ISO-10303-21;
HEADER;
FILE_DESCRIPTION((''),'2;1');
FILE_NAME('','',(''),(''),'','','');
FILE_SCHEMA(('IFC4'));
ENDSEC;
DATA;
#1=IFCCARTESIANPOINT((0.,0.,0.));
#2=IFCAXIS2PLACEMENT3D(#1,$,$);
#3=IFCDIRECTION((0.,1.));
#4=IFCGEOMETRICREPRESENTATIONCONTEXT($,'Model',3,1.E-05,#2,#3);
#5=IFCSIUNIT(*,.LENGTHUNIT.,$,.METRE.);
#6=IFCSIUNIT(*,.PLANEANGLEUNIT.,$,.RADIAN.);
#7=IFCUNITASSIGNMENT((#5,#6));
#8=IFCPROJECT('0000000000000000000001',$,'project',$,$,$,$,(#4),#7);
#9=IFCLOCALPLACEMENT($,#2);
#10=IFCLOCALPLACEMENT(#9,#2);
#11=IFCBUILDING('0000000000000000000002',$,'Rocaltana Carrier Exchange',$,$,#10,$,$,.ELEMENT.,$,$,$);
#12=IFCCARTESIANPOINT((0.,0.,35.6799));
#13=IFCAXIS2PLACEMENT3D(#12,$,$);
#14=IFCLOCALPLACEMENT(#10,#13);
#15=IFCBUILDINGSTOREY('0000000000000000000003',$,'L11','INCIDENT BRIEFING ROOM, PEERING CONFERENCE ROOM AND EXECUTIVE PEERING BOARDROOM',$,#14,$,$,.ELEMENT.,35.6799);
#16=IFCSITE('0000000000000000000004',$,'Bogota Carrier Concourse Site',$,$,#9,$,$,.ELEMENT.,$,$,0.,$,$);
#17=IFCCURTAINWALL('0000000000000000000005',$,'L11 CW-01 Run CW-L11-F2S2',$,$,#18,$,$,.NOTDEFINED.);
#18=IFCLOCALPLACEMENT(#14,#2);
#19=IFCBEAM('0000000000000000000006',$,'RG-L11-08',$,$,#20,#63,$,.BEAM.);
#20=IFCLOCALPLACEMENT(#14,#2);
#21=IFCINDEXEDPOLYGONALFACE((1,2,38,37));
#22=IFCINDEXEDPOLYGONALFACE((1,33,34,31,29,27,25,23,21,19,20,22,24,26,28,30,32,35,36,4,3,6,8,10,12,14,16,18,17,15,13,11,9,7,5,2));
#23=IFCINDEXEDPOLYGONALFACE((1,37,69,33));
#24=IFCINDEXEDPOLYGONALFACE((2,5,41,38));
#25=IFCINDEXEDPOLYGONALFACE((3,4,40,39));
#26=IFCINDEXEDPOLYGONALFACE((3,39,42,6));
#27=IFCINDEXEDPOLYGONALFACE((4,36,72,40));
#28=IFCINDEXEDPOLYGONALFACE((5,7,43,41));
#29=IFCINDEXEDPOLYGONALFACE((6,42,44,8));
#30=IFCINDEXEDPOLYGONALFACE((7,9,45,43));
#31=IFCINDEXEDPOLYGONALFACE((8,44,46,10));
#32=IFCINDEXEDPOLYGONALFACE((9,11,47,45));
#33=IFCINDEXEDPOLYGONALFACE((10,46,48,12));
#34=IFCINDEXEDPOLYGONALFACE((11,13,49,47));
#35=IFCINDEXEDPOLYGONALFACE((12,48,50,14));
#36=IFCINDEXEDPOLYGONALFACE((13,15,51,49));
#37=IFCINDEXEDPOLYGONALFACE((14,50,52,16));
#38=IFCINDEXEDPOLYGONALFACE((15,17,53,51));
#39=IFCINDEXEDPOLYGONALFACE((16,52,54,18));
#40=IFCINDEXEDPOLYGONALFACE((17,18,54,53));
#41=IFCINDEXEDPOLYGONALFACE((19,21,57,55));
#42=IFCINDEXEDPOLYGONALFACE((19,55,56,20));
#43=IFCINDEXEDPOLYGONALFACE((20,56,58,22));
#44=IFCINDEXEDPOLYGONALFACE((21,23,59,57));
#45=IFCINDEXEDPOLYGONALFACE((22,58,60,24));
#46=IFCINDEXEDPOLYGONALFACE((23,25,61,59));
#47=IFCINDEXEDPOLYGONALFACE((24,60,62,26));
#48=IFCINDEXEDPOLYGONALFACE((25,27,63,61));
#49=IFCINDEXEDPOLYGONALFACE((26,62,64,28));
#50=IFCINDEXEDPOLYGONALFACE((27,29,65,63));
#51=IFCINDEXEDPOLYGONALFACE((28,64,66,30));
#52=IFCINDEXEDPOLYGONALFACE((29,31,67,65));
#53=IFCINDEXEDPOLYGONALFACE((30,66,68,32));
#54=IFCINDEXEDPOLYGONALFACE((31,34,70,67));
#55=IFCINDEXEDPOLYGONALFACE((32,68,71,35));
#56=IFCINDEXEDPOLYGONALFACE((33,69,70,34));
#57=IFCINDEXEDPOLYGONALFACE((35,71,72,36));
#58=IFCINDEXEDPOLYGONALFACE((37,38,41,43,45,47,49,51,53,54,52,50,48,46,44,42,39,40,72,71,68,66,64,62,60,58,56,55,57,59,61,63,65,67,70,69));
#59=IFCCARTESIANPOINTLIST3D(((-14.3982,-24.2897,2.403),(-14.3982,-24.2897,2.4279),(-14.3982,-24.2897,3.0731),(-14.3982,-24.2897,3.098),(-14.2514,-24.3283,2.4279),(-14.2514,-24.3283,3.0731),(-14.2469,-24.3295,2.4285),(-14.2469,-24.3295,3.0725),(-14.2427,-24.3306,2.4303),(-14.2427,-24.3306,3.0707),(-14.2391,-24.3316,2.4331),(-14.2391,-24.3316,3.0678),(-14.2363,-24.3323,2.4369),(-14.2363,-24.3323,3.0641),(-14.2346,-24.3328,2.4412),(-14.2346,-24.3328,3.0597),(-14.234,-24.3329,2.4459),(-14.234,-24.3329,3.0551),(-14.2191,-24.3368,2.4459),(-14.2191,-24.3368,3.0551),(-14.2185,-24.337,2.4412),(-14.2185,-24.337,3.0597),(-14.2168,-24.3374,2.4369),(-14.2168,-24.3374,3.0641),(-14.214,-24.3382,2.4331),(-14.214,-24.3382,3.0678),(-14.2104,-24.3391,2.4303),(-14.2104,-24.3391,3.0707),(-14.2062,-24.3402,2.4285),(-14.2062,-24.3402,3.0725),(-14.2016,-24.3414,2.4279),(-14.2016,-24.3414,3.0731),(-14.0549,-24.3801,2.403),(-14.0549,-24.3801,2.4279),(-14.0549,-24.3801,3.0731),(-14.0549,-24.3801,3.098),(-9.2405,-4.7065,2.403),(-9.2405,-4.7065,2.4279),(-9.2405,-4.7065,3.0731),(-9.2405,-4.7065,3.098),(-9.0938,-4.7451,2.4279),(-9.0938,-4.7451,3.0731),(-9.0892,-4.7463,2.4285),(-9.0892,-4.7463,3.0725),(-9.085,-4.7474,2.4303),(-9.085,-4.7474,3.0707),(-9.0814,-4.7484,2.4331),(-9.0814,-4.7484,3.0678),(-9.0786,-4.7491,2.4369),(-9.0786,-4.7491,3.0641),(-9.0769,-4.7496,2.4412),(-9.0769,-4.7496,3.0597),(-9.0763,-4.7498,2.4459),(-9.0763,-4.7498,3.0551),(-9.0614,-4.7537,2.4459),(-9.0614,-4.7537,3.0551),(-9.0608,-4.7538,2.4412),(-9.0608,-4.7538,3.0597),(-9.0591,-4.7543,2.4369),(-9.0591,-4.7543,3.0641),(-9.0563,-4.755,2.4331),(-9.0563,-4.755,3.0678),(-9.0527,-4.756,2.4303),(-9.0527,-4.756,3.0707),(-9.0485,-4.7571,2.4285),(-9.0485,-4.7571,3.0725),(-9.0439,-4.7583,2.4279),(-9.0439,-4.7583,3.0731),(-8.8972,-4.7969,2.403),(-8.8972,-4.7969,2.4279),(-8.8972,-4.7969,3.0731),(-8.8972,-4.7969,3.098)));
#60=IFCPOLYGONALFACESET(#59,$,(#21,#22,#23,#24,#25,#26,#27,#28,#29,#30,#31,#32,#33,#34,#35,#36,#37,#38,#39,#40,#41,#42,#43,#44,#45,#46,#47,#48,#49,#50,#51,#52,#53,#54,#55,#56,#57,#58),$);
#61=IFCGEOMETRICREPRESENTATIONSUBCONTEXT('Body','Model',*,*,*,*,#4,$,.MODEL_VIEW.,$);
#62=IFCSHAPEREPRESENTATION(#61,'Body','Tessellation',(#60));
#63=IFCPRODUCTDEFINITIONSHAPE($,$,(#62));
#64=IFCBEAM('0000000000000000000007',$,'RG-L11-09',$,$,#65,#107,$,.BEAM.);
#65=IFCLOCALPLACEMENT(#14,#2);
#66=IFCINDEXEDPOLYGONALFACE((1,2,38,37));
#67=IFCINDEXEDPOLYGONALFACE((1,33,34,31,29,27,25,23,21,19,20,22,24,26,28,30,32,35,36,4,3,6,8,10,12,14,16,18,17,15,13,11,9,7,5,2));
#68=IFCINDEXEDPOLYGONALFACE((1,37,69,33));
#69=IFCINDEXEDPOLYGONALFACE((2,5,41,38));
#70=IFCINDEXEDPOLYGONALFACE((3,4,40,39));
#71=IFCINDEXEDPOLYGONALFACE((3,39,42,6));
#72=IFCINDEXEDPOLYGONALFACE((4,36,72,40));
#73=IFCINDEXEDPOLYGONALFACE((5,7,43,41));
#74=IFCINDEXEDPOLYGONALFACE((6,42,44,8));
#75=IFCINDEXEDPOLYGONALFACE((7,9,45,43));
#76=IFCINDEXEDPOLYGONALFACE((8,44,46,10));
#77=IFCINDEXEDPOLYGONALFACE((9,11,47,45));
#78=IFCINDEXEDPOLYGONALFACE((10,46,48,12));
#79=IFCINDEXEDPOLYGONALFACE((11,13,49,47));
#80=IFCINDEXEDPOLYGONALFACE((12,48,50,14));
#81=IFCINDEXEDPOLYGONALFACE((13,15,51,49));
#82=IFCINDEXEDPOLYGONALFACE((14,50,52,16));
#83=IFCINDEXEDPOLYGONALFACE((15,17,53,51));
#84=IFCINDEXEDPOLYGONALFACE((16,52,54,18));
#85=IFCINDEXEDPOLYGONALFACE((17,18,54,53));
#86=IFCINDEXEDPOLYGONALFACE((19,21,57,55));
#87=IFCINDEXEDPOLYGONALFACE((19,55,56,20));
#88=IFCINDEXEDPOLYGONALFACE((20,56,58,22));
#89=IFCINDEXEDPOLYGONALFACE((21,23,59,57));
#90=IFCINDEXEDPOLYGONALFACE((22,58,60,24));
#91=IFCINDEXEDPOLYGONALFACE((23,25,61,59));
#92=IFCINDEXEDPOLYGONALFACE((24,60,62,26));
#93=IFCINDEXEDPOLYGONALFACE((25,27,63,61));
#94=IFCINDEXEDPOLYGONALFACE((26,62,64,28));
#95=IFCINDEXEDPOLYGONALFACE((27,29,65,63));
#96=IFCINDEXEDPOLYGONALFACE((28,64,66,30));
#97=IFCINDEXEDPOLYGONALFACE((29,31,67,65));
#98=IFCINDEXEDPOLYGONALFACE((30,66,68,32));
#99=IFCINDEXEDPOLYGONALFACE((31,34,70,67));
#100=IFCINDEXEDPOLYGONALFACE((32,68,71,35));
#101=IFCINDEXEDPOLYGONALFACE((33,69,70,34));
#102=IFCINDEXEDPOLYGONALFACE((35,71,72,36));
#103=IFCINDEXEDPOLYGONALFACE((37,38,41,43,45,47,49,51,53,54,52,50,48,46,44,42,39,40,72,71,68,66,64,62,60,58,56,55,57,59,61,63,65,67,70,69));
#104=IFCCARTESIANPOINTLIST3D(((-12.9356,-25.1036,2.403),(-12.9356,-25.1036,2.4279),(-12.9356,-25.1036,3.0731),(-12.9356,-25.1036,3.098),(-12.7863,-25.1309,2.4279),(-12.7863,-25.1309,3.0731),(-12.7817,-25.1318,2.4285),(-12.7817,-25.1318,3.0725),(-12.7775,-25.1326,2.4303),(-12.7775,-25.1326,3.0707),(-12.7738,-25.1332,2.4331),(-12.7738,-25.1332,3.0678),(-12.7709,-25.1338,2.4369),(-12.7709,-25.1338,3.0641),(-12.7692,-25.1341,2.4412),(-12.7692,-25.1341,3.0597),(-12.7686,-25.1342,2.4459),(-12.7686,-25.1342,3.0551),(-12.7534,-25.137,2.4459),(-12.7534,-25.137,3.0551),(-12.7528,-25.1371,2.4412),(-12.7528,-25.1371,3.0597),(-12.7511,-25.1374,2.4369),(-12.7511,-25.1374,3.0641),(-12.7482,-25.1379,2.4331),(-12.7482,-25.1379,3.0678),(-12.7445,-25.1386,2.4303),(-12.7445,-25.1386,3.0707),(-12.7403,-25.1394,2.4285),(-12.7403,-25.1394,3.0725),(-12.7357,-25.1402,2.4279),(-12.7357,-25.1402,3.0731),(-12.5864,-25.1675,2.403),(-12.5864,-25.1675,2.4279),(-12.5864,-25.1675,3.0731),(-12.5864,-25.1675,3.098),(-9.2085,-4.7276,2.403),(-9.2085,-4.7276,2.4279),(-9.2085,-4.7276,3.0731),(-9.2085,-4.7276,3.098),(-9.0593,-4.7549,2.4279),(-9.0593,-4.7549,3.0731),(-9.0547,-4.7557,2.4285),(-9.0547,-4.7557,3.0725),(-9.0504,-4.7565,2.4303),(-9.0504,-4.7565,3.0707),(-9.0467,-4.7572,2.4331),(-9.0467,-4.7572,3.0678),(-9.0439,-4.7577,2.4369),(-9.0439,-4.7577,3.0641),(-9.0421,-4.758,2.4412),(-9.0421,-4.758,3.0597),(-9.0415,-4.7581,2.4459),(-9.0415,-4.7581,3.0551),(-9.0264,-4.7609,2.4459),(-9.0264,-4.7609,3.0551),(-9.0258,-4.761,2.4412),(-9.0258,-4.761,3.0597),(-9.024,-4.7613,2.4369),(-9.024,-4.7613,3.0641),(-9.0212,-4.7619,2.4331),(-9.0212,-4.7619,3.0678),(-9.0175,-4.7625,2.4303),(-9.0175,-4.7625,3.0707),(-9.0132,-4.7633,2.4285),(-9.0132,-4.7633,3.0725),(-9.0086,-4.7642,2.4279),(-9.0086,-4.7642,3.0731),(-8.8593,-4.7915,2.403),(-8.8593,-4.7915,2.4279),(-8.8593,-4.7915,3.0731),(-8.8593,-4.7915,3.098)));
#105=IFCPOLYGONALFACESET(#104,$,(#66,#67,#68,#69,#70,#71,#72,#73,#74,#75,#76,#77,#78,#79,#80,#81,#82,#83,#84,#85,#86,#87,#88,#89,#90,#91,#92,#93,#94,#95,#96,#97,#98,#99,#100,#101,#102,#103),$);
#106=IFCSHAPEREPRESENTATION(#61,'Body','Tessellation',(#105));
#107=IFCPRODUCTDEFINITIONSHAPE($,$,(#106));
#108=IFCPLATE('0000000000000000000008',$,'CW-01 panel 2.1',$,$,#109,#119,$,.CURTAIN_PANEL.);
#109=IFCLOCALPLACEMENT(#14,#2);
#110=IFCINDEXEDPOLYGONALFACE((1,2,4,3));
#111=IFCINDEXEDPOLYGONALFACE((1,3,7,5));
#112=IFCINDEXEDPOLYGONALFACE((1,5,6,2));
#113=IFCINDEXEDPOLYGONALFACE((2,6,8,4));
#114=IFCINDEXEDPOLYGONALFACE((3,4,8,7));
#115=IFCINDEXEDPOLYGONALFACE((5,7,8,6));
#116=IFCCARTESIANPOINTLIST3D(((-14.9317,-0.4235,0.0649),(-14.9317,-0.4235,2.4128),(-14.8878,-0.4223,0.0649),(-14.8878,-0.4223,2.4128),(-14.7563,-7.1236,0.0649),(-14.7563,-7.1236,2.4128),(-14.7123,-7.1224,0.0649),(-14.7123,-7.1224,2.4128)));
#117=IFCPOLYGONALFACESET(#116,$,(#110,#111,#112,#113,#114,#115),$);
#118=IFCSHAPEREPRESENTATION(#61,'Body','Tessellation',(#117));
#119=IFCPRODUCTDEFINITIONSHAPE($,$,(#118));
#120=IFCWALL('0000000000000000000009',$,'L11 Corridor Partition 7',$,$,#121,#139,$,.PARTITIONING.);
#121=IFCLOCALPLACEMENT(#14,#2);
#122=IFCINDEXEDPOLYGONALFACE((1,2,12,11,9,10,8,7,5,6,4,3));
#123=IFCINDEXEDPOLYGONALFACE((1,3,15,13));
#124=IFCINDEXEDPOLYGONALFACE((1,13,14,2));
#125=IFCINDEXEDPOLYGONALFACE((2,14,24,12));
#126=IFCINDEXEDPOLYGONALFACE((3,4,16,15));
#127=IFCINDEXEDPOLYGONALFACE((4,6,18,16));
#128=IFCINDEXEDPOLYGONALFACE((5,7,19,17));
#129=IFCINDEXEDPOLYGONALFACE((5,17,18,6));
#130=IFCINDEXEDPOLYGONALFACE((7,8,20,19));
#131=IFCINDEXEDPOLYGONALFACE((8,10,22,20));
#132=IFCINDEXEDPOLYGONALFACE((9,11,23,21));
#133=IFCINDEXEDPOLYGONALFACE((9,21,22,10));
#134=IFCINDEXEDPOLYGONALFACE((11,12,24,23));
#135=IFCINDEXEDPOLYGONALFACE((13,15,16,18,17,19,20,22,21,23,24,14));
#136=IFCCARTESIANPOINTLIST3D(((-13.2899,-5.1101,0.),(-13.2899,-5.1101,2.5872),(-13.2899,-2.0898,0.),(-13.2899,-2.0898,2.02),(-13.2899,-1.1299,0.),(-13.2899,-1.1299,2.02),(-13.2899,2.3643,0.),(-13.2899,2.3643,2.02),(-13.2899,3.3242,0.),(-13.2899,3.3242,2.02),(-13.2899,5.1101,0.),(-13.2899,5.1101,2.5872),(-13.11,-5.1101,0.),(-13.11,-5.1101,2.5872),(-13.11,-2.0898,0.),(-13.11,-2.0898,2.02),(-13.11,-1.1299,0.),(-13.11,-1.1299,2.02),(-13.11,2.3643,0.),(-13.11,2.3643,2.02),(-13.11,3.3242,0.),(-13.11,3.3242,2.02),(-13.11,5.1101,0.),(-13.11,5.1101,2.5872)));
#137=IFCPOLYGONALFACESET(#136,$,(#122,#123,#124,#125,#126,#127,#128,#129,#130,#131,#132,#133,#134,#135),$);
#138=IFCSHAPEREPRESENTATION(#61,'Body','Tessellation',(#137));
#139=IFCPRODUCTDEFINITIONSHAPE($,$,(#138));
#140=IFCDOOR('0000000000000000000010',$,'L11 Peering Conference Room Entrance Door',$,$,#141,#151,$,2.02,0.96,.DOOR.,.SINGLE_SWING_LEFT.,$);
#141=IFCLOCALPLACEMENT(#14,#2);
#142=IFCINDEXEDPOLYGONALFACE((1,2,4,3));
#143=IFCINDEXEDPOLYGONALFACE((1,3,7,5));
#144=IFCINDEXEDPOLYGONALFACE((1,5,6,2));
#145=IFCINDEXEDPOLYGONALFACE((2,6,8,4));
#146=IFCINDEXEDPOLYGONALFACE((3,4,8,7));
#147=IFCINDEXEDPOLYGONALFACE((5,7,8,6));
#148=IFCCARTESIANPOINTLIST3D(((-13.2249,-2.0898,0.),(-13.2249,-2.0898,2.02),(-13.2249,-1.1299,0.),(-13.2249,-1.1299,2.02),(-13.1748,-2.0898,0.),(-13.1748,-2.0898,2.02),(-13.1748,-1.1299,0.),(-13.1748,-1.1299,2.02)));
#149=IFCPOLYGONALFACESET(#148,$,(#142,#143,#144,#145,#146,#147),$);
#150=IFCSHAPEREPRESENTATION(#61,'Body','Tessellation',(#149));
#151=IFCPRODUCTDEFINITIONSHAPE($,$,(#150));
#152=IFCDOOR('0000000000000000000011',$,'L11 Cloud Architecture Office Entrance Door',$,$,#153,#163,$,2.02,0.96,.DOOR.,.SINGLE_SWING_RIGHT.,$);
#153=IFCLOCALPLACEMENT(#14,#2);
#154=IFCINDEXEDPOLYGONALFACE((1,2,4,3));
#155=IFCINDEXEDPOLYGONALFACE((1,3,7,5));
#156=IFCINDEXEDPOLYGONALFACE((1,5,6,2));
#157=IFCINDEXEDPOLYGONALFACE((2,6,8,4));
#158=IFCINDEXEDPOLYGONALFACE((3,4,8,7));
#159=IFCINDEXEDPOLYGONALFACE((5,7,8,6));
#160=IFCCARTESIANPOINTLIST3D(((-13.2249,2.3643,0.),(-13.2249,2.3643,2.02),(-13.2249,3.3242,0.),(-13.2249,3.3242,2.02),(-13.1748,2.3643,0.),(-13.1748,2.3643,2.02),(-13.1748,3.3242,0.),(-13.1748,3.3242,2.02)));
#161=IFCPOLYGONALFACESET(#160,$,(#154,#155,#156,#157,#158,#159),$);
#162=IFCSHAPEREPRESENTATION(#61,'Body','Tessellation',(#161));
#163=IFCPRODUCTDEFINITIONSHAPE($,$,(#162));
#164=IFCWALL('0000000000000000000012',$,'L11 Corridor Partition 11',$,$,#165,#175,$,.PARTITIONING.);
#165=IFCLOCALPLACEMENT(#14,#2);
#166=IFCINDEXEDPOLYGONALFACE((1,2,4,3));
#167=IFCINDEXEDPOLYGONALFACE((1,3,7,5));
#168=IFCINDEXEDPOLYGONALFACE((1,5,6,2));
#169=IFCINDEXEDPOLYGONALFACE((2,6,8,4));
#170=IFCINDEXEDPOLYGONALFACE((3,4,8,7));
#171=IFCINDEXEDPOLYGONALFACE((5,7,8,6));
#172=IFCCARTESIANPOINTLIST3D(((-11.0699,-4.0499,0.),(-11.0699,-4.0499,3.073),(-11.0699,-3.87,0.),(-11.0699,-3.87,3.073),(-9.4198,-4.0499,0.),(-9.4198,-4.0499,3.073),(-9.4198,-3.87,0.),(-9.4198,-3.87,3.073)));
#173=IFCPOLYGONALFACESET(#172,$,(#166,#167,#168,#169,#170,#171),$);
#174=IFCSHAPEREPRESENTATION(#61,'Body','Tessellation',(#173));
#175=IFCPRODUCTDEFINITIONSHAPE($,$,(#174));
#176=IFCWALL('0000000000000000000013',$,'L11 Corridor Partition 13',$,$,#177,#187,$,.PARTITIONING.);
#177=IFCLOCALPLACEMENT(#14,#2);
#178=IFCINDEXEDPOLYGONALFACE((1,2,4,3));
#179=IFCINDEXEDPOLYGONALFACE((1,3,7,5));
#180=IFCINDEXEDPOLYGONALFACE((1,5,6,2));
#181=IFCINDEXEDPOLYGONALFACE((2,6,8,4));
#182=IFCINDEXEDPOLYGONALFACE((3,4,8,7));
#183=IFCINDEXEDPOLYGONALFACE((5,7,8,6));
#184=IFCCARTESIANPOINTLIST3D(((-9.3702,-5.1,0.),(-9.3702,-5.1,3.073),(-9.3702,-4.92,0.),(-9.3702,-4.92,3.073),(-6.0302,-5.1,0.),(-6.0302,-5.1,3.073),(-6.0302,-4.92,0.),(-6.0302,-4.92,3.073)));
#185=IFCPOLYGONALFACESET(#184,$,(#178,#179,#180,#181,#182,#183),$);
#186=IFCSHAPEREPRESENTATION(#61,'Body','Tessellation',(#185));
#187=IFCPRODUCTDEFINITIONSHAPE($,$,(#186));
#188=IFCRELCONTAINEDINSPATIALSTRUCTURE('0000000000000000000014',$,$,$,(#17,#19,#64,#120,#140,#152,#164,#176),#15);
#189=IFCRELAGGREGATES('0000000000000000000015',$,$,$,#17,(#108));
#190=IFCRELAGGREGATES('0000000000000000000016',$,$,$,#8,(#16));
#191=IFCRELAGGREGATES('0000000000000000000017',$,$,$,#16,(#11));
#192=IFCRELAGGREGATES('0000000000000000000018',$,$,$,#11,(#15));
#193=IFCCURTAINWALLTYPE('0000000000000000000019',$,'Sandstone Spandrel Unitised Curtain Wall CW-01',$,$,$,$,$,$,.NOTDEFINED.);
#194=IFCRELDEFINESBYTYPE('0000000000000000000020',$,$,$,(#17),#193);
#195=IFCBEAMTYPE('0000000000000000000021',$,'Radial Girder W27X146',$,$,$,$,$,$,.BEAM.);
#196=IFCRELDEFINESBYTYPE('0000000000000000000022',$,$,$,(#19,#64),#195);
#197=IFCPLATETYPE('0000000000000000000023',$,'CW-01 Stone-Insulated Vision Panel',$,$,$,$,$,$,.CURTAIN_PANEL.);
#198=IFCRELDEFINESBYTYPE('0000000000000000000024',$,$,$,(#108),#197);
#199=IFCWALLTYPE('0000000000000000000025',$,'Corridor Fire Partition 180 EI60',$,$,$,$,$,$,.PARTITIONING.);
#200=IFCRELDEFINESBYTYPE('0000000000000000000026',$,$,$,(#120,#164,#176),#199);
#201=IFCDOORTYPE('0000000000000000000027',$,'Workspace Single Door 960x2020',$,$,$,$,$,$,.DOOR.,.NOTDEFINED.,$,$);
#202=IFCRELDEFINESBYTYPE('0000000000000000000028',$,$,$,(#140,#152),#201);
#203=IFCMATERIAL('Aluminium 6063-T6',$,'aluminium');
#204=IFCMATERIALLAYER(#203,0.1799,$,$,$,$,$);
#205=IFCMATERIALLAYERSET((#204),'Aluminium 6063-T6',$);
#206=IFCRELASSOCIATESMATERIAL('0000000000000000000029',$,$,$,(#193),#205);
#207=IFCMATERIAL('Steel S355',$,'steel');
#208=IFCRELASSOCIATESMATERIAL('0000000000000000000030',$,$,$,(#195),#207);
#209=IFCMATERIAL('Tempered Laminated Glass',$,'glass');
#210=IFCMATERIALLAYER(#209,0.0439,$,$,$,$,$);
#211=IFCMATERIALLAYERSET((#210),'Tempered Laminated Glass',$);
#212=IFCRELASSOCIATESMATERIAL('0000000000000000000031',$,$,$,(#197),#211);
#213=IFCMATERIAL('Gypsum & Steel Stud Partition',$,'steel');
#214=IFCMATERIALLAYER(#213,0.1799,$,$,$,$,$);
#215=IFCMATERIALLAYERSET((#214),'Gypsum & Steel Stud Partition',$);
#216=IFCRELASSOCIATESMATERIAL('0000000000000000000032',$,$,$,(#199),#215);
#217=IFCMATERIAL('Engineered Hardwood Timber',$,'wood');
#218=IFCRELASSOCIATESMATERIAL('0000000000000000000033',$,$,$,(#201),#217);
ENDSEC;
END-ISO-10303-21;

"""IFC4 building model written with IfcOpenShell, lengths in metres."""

from ifc_helpers import new_model, si_unit, direction, frame, frame_2d, origin, origin_2d, place, context, subcontext, project, spatial, rectangle, i_section, extrude, material, layer, layer_set, material_profile, profile_set, type_object, element, fill, aggregate, save


model = new_model("IFC4")

# Units and contexts
model_context = context("Model", 3, precision=1e-05, world=origin(), true_north=direction((0.0, 1.0)))
body_context = subcontext(model_context, "Body", "Model", "MODEL_VIEW")
ifc_project = project(units=[si_unit("LENGTHUNIT", "METRE"), si_unit("PLANEANGLEUNIT", "RADIAN")], contexts=[model_context])

# Site, building, storey
site_placement = place(None, origin())
site = spatial("IfcSite", under=ifc_project, at=site_placement, Name="Bogota Carrier Concourse Site", CompositionType="ELEMENT", RefElevation=0.0)
building_placement = place(site_placement, origin())
building = spatial("IfcBuilding", under=site, at=building_placement, Name="Rocaltana Carrier Exchange", CompositionType="ELEMENT")
storey_placement = place(building_placement, frame((0.0, 0.0, 35.6799)))
storey = spatial("IfcBuildingStorey", under=building, at=storey_placement, Name="L11", Description="INCIDENT BRIEFING ROOM, PEERING CONFERENCE ROOM AND EXECUTIVE PEERING BOARDROOM", CompositionType="ELEMENT", Elevation=35.6799)

# Curtain wall
ifc_material_1 = material(Name="Aluminium 6063-T6", Category="aluminium")
ifc_layer_1 = layer(ifc_material_1, 0.1799)
ifc_layer_set_1 = layer_set([ifc_layer_1], Name="Aluminium 6063-T6")
curtain_wall_type = type_object("IfcCurtainWallType", Name="Sandstone Spandrel Unitised Curtain Wall CW-01", PredefinedType="NOTDEFINED", material=ifc_layer_set_1)
curtain_wall_placement = place(storey_placement, origin())
curtain_wall = element("IfcCurtainWall", 1, at=curtain_wall_placement, inside=storey, type_object=curtain_wall_type, Name="L11 CW-01 Run CW-L11-F2S2", PredefinedType="NOTDEFINED")

# Beams
ifc_material_2 = material(Name="Steel S355", Category="steel")
ifc_material_profile_1 = material_profile(ifc_material_2, i_section(OverallWidth=0.355, OverallDepth=0.6951, WebThickness=0.0154, FlangeThickness=0.0249, FilletRadius=0.0181, at=origin_2d()), Name="W27X146")
ifc_profile_set_1 = profile_set([ifc_material_profile_1], Name="Steel S355")
beam_type_1 = type_object("IfcBeamType", Name="Radial Girder W27X146", PredefinedType="BEAM", material=ifc_profile_set_1)
beam_1_placement = place(storey_placement, frame((-9.0688, -4.7517, 2.7505), z_axis=(-0.254689, -0.967023, 0.0), x_axis=(0.967023, -0.254689, 0.0)))
element("IfcBeam", 2, at=beam_1_placement, inside=storey, type_object=beam_type_1, Name="RG-L11-08", PredefinedType="BEAM", context=body_context, shape_type="SweptSolid", body=[
    extrude(i_section(OverallWidth=0.355, OverallDepth=0.6951, WebThickness=0.0154, FlangeThickness=0.0249, FilletRadius=0.0181, at=origin_2d()), origin(), (0.0, 0.0, 1.0), 20.251),
])
beam_2_placement = place(storey_placement, frame((-9.0339, -4.7595, 2.7505), z_axis=(-0.179929, -0.98368, 0.0), x_axis=(0.98368, -0.179929, 0.0)))
element("IfcBeam", 3, at=beam_2_placement, inside=storey, type_object=beam_type_1, Name="RG-L11-09", PredefinedType="BEAM", context=body_context, shape_type="SweptSolid", body=[
    extrude(i_section(OverallWidth=0.355, OverallDepth=0.6951, WebThickness=0.0154, FlangeThickness=0.0249, FilletRadius=0.0181, at=origin_2d()), origin(), (0.0, 0.0, 1.0), 20.7141),
])

# Plate
ifc_material_3 = material(Name="Tempered Laminated Glass", Category="glass")
ifc_layer_2 = layer(ifc_material_3, 0.0439)
ifc_layer_set_2 = layer_set([ifc_layer_2], Name="Tempered Laminated Glass")
plate_type = type_object("IfcPlateType", Name="CW-01 Stone-Insulated Vision Panel", PredefinedType="CURTAIN_PANEL", material=ifc_layer_set_2)
plate_placement = place(storey_placement, frame((-14.822, -3.7729, 0.0649), z_axis=(0.0, 0.0, 1.0), x_axis=(0.026177, -0.999657, 0.0)))
plate = element("IfcPlate", 4, at=plate_placement, type_object=plate_type, Name="CW-01 panel 2.1", PredefinedType="CURTAIN_PANEL", context=body_context, shape_type="SweptSolid", body=[
    extrude(rectangle(XDim=6.7024, YDim=0.0439, at=origin_2d()), origin(), (0.0, 0.0, 1.0), 2.3479),
])
aggregate(curtain_wall, [plate])

# Wall, openings, doors
ifc_material_4 = material(Name="Gypsum & Steel Stud Partition", Category="steel")
ifc_layer_3 = layer(ifc_material_4, 0.1799)
ifc_layer_set_3 = layer_set([ifc_layer_3], Name="Gypsum & Steel Stud Partition")
wall_type_1 = type_object("IfcWallType", Name="Corridor Fire Partition 180 EI60", PredefinedType="PARTITIONING", material=ifc_layer_set_3)
wall_1_placement = place(storey_placement, frame((-13.2, -5.1101, 0.0), z_axis=(0.0, 0.0, 1.0), x_axis=(0.0, 1.0, 0.0)))
wall_1 = element("IfcWall", 5, at=wall_1_placement, inside=storey, type_object=wall_type_1, Name="L11 Corridor Partition 7", PredefinedType="PARTITIONING", context=body_context, shape_type="SweptSolid", body=[
    extrude(rectangle(XDim=10.2202, YDim=0.1799, at=frame_2d((5.1101, 0.0))), origin(), (0.0, 0.0, 1.0), 2.5872),
])
opening_1_placement = place(wall_1_placement, frame((3.0203, 0.0, 0.0)))
opening_1 = element("IfcOpeningElement", 6, at=opening_1_placement, cuts=wall_1, PredefinedType="OPENING", context=body_context, shape_type="SweptSolid", body=[
    extrude(rectangle(XDim=0.96, YDim=2.02, at=frame_2d((0.48, 1.01))), frame((0.0, 0.0999, 0.0), z_axis=(0.0, -1.0, 0.0), x_axis=(1.0, 0.0, 0.0)), (0.0, 0.0, 1.0), 0.2),
])
opening_2_placement = place(wall_1_placement, frame((7.4744, 0.0, 0.0)))
opening_2 = element("IfcOpeningElement", 7, at=opening_2_placement, cuts=wall_1, PredefinedType="OPENING", context=body_context, shape_type="SweptSolid", body=[
    extrude(rectangle(XDim=0.96, YDim=2.02, at=frame_2d((0.48, 1.01))), frame((0.0, 0.0999, 0.0), z_axis=(0.0, -1.0, 0.0), x_axis=(1.0, 0.0, 0.0)), (0.0, 0.0, 1.0), 0.2),
])
ifc_material_5 = material(Name="Engineered Hardwood Timber", Category="wood")
door_type = type_object("IfcDoorType", Name="Workspace Single Door 960x2020", OperationType="NOTDEFINED", PredefinedType="DOOR", material=ifc_material_5)
door_1_placement = place(opening_1_placement, origin())
door_1 = element("IfcDoor", 8, at=door_1_placement, inside=storey, type_object=door_type, Name="L11 Peering Conference Room Entrance Door", OperationType="SINGLE_SWING_LEFT", OverallHeight=2.02, OverallWidth=0.96, PredefinedType="DOOR", context=body_context, shape_type="SweptSolid", body=[
    extrude(rectangle(XDim=0.96, YDim=2.02, at=frame_2d((0.48, 1.01))), frame((0.0, 0.0249, 0.0), z_axis=(0.0, -1.0, 0.0), x_axis=(1.0, 0.0, 0.0)), (0.0, 0.0, 1.0), 0.05),
])
fill(opening_1, door_1)
door_2_placement = place(opening_2_placement, origin())
door_2 = element("IfcDoor", 9, at=door_2_placement, inside=storey, type_object=door_type, Name="L11 Cloud Architecture Office Entrance Door", OperationType="SINGLE_SWING_RIGHT", OverallHeight=2.02, OverallWidth=0.96, PredefinedType="DOOR", context=body_context, shape_type="SweptSolid", body=[
    extrude(rectangle(XDim=0.96, YDim=2.02, at=frame_2d((0.48, 1.01))), frame((0.0, 0.0249, 0.0), z_axis=(0.0, -1.0, 0.0), x_axis=(1.0, 0.0, 0.0)), (0.0, 0.0, 1.0), 0.05),
])
fill(opening_2, door_2)

# Walls
wall_2_placement = place(storey_placement, frame((-11.0701, -3.96, 0.0), z_axis=(0.0, 0.0, 1.0), x_axis=(1.0, 0.0, 0.0)))
element("IfcWall", 10, at=wall_2_placement, inside=storey, type_object=wall_type_1, Name="L11 Corridor Partition 11", PredefinedType="PARTITIONING", context=body_context, shape_type="SweptSolid", body=[
    extrude(rectangle(XDim=1.6501, YDim=0.1799, at=frame_2d((0.8252, 0.0))), origin(), (0.0, 0.0, 1.0), 3.073),
])
wall_3_placement = place(storey_placement, frame((-9.3701, -5.01, 0.0), z_axis=(0.0, 0.0, 1.0), x_axis=(1.0, 0.0, 0.0)))
element("IfcWall", 11, at=wall_3_placement, inside=storey, type_object=wall_type_1, Name="L11 Corridor Partition 13", PredefinedType="PARTITIONING", context=body_context, shape_type="SweptSolid", body=[
    extrude(rectangle(XDim=3.3401, YDim=0.1799, at=frame_2d((1.6699, 0.0))), origin(), (0.0, 0.0, 1.0), 3.073),
])

save(model, "model.ifc")
